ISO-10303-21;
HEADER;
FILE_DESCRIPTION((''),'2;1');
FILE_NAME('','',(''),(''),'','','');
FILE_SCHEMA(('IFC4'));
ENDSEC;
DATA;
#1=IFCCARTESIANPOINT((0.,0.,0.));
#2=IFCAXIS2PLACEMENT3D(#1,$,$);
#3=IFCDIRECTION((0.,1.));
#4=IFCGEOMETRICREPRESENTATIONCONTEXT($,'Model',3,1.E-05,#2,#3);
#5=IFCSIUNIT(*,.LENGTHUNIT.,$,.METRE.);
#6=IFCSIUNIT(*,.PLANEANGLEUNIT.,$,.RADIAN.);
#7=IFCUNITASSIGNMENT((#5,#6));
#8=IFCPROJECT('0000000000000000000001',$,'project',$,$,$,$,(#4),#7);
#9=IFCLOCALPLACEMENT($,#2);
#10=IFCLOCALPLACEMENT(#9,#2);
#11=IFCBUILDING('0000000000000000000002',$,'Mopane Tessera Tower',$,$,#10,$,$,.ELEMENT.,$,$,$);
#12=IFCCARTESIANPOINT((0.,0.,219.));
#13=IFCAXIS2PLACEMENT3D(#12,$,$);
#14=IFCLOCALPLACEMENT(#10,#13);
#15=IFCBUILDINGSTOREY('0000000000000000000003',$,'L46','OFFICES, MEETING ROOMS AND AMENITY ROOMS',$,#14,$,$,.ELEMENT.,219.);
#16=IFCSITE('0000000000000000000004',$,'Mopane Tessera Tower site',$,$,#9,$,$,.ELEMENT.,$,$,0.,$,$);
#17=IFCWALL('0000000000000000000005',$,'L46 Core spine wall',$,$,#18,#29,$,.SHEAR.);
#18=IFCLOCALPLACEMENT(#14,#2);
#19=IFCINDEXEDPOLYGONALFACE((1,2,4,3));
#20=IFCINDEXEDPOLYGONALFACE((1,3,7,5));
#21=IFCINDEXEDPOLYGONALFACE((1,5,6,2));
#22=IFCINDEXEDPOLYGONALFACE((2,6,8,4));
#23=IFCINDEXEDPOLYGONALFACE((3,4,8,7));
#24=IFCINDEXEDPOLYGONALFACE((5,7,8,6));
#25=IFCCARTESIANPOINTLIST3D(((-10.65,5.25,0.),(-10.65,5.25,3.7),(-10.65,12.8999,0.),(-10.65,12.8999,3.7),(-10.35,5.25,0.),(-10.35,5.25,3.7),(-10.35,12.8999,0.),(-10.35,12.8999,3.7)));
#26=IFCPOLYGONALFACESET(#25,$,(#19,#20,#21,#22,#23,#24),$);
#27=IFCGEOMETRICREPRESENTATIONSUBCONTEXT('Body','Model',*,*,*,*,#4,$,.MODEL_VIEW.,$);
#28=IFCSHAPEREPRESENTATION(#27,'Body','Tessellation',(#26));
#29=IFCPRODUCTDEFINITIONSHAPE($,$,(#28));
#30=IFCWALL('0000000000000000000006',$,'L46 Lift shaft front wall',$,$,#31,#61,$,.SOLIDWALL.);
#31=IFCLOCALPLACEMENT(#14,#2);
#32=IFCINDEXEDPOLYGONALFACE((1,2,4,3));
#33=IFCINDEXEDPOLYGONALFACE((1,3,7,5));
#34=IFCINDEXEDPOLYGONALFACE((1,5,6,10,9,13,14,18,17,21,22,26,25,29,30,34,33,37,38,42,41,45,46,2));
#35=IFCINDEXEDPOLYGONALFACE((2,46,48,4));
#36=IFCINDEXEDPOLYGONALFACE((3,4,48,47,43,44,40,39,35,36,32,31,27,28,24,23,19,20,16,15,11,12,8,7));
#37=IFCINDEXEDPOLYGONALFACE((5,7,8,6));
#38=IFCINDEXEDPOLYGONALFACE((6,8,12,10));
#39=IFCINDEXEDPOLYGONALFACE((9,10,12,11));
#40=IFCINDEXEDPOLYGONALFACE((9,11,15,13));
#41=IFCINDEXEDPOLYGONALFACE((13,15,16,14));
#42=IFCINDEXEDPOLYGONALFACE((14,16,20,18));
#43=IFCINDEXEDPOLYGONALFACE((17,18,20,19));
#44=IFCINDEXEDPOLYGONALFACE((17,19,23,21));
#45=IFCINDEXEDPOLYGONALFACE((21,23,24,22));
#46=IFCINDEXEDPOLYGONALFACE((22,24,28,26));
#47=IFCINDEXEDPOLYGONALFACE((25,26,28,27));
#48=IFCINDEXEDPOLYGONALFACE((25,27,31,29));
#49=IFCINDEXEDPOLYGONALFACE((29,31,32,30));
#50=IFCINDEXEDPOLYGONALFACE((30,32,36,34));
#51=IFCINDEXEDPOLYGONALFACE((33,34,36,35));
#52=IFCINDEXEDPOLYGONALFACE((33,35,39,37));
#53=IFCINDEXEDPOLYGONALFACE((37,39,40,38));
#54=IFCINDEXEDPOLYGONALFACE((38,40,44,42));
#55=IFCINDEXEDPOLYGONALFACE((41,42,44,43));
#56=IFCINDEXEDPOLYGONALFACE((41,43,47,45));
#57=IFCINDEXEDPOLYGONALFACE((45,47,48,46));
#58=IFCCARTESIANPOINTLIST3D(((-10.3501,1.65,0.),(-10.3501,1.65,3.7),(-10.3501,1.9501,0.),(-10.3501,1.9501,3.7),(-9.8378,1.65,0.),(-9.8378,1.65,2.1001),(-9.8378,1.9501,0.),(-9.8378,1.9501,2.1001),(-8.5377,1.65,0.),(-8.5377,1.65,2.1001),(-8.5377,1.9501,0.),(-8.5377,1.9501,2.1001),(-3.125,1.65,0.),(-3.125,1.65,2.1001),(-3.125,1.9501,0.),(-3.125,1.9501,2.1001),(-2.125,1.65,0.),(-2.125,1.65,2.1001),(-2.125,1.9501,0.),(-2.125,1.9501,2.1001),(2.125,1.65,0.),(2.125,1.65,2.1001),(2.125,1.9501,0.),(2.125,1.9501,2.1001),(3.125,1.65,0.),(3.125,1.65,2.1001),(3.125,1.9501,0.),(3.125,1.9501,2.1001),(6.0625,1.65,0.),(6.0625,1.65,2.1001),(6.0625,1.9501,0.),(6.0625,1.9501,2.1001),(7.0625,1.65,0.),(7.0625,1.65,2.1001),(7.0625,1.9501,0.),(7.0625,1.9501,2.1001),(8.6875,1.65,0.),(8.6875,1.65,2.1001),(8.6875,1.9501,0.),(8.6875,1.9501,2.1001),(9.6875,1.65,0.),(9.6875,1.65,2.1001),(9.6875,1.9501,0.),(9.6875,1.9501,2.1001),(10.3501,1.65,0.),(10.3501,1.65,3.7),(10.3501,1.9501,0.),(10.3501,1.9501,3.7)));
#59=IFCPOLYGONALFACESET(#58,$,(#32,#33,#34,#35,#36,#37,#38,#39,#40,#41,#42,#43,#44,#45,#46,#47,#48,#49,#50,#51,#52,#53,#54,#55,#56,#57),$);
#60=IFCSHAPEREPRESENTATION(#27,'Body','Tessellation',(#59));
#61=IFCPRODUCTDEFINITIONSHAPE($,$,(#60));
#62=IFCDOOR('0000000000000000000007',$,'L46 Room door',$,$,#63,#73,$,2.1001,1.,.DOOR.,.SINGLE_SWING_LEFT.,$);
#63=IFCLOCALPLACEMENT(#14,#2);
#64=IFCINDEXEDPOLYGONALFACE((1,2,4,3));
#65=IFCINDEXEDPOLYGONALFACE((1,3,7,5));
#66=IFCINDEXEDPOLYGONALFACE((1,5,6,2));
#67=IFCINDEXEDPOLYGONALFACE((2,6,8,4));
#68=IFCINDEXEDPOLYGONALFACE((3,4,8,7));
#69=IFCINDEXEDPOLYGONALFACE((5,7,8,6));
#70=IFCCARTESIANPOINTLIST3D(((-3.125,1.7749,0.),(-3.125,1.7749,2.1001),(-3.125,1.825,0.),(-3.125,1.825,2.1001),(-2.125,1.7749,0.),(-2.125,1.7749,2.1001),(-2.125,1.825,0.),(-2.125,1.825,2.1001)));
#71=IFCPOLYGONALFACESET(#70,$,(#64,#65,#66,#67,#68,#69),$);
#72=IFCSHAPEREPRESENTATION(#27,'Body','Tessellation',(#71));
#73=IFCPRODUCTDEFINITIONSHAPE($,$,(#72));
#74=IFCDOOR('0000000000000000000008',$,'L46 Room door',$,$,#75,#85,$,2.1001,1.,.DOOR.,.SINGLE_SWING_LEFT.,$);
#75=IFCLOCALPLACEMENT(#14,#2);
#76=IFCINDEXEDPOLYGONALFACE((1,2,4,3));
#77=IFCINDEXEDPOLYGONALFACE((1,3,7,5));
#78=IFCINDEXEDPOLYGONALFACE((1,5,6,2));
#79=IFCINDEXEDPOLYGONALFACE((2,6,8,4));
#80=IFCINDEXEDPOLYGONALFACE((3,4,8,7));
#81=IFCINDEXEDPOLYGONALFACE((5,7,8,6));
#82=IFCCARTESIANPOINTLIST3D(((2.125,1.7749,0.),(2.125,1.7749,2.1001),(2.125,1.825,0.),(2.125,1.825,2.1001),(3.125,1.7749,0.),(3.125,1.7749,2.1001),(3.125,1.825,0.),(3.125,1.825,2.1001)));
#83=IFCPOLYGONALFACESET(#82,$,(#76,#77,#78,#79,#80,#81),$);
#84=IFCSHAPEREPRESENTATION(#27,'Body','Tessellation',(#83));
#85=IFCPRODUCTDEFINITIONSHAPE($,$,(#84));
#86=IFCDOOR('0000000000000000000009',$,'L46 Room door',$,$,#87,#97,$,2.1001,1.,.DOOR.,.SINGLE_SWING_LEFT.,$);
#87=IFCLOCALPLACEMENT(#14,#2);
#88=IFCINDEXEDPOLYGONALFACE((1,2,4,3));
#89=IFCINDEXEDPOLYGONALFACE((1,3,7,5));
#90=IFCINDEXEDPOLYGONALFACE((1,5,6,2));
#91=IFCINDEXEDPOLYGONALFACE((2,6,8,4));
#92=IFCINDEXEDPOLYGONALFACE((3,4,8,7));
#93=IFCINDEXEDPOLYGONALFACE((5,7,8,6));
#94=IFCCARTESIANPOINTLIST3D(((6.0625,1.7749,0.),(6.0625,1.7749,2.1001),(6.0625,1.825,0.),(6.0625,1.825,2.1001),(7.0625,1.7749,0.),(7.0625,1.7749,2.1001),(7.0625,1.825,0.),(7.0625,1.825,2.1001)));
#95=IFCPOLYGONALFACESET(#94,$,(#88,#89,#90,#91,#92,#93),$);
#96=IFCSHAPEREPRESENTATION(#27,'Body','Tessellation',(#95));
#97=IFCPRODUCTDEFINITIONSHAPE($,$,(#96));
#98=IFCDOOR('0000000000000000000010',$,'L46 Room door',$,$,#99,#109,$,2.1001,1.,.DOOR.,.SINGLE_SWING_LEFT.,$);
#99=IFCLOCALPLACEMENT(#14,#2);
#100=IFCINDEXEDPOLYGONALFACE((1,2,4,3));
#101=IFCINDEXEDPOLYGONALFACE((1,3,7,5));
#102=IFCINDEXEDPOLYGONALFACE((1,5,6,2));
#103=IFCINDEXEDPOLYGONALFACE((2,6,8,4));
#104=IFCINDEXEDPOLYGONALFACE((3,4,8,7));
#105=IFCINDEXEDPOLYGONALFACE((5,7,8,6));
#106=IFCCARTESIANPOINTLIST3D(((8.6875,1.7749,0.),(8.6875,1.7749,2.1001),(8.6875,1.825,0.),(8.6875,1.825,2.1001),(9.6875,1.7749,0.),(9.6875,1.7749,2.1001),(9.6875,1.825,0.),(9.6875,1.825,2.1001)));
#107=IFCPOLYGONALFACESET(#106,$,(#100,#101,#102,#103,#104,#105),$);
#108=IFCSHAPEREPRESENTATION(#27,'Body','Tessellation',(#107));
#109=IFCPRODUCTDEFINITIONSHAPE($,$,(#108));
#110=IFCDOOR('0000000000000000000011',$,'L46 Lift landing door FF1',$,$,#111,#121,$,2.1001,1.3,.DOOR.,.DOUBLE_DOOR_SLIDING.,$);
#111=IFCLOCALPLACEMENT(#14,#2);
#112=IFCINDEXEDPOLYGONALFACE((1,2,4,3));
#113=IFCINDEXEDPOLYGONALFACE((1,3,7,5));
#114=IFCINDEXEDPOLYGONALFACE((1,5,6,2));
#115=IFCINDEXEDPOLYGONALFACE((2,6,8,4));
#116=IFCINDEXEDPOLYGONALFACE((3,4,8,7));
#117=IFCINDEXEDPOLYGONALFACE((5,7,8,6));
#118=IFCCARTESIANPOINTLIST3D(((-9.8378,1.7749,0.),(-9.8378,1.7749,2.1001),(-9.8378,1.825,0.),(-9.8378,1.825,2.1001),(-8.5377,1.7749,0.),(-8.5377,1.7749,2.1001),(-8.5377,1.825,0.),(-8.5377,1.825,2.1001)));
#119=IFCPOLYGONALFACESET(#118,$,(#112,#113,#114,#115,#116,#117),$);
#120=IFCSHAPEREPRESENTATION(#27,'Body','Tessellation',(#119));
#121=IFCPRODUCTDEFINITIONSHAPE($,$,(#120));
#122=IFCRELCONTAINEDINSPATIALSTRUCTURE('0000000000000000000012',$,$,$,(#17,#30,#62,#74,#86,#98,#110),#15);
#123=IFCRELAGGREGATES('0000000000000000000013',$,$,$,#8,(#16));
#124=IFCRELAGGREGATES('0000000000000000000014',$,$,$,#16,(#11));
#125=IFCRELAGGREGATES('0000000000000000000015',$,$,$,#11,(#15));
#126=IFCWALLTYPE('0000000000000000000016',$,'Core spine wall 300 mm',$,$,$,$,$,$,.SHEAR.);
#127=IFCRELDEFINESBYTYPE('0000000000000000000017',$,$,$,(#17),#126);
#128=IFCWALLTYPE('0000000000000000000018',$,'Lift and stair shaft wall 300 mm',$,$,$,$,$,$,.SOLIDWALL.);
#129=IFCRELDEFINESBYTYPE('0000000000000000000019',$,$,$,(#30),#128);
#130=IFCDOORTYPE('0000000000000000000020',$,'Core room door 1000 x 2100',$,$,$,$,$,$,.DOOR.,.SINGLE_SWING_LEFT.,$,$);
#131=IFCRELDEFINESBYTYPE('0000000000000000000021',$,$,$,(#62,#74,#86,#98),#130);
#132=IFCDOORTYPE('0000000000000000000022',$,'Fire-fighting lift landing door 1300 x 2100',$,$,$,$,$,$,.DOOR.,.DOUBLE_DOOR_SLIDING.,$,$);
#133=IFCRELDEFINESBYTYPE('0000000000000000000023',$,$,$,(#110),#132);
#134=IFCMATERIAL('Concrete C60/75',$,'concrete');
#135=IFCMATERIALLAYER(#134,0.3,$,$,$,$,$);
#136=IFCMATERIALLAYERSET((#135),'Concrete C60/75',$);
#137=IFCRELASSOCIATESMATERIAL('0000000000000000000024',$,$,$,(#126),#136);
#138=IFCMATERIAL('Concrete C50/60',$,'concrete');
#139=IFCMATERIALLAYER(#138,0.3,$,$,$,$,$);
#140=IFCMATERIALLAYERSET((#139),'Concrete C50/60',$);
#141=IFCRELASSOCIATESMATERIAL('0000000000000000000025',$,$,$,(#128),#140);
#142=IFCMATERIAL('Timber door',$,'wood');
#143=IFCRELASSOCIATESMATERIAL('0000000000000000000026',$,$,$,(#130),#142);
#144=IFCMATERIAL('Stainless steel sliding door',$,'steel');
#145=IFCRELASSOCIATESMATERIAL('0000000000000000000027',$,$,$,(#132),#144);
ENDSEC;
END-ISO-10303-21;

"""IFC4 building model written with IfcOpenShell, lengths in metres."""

from ifc_helpers import new_model, si_unit, direction, frame, frame_2d, origin, place, context, subcontext, project, spatial, rectangle, extrude, material, layer, layer_set, type_object, element, fill, save


model = new_model("IFC4")

# Units and contexts
model_context = context("Model", 3, precision=1e-05, world=origin(), true_north=direction((0.0, 1.0)))
body_context = subcontext(model_context, "Body", "Model", "MODEL_VIEW")
ifc_project = project(units=[si_unit("LENGTHUNIT", "METRE"), si_unit("PLANEANGLEUNIT", "RADIAN")], contexts=[model_context])

# Site, building, storey
site_placement = place(None, origin())
site = spatial("IfcSite", under=ifc_project, at=site_placement, Name="Mopane Tessera Tower site", CompositionType="ELEMENT", RefElevation=0.0)
building_placement = place(site_placement, origin())
building = spatial("IfcBuilding", under=site, at=building_placement, Name="Mopane Tessera Tower", CompositionType="ELEMENT")
storey_placement = place(building_placement, frame((0.0, 0.0, 219.0)))
storey = spatial("IfcBuildingStorey", under=building, at=storey_placement, Name="L46", Description="OFFICES, MEETING ROOMS AND AMENITY ROOMS", CompositionType="ELEMENT", Elevation=219.0)

# Wall
ifc_material_1 = material(Name="Concrete C60/75", Category="concrete")
ifc_layer_1 = layer(ifc_material_1, 0.3)
ifc_layer_set_1 = layer_set([ifc_layer_1], Name="Concrete C60/75")
wall_type_1 = type_object("IfcWallType", Name="Core spine wall 300 mm", PredefinedType="SHEAR", material=ifc_layer_set_1)
wall_1_placement = place(storey_placement, frame((-10.5, 5.25, 0.0), z_axis=(0.0, 0.0, 1.0), x_axis=(0.0, 1.0, 0.0)))
element("IfcWall", 1, at=wall_1_placement, inside=storey, type_object=wall_type_1, Name="L46 Core spine wall", PredefinedType="SHEAR", context=body_context, shape_type="SweptSolid", body=[
    extrude(rectangle(XDim=7.6499, YDim=0.3, at=frame_2d((3.825, 0.0))), origin(), (0.0, 0.0, 1.0), 3.7),
])

# Wall, openings, doors
ifc_material_2 = material(Name="Concrete C50/60", Category="concrete")
ifc_layer_2 = layer(ifc_material_2, 0.3)
ifc_layer_set_2 = layer_set([ifc_layer_2], Name="Concrete C50/60")
wall_type_2 = type_object("IfcWallType", Name="Lift and stair shaft wall 300 mm", PredefinedType="SOLIDWALL", material=ifc_layer_set_2)
wall_2_placement = place(storey_placement, frame((-10.3501, 1.8, 0.0), z_axis=(0.0, 0.0, 1.0), x_axis=(1.0, 0.0, 0.0)))
wall_2 = element("IfcWall", 2, at=wall_2_placement, inside=storey, type_object=wall_type_2, Name="L46 Lift shaft front wall", PredefinedType="SOLIDWALL", context=body_context, shape_type="SweptSolid", body=[
    extrude(rectangle(XDim=20.7002, YDim=0.3, at=frame_2d((10.3501, 0.0))), origin(), (0.0, 0.0, 1.0), 3.7),
])
opening_1_placement = place(wall_2_placement, frame((0.5125, 0.0, 0.0)))
opening_1 = element("IfcOpeningElement", 3, at=opening_1_placement, cuts=wall_2, PredefinedType="OPENING", context=body_context, shape_type="SweptSolid", body=[
    extrude(rectangle(XDim=1.3, YDim=2.1001, at=frame_2d((0.6499, 1.05))), frame((0.0, 0.1621, 0.0), z_axis=(0.0, -1.0, 0.0), x_axis=(1.0, 0.0, 0.0)), (0.0, 0.0, 1.0), 0.324),
])
opening_2_placement = place(wall_2_placement, frame((7.2251, 0.0, 0.0)))
opening_2 = element("IfcOpeningElement", 4, at=opening_2_placement, cuts=wall_2, PredefinedType="OPENING", context=body_context, shape_type="SweptSolid", body=[
    extrude(rectangle(XDim=1.0, YDim=2.1001, at=frame_2d((0.5, 1.05))), frame((0.0, 0.1621, 0.0), z_axis=(0.0, -1.0, 0.0), x_axis=(1.0, 0.0, 0.0)), (0.0, 0.0, 1.0), 0.324),
])
opening_3_placement = place(wall_2_placement, frame((12.4751, 0.0, 0.0)))
opening_3 = element("IfcOpeningElement", 5, at=opening_3_placement, cuts=wall_2, PredefinedType="OPENING", context=body_context, shape_type="SweptSolid", body=[
    extrude(rectangle(XDim=1.0, YDim=2.1001, at=frame_2d((0.5, 1.05))), frame((0.0, 0.1621, 0.0), z_axis=(0.0, -1.0, 0.0), x_axis=(1.0, 0.0, 0.0)), (0.0, 0.0, 1.0), 0.324),
])
opening_4_placement = place(wall_2_placement, frame((16.4126, 0.0, 0.0)))
opening_4 = element("IfcOpeningElement", 6, at=opening_4_placement, cuts=wall_2, PredefinedType="OPENING", context=body_context, shape_type="SweptSolid", body=[
    extrude(rectangle(XDim=1.0, YDim=2.1001, at=frame_2d((0.5, 1.05))), frame((0.0, 0.1621, 0.0), z_axis=(0.0, -1.0, 0.0), x_axis=(1.0, 0.0, 0.0)), (0.0, 0.0, 1.0), 0.324),
])
opening_5_placement = place(wall_2_placement, frame((19.0376, 0.0, 0.0)))
opening_5 = element("IfcOpeningElement", 7, at=opening_5_placement, cuts=wall_2, PredefinedType="OPENING", context=body_context, shape_type="SweptSolid", body=[
    extrude(rectangle(XDim=1.0, YDim=2.1001, at=frame_2d((0.5, 1.05))), frame((0.0, 0.1621, 0.0), z_axis=(0.0, -1.0, 0.0), x_axis=(1.0, 0.0, 0.0)), (0.0, 0.0, 1.0), 0.324),
])
ifc_material_3 = material(Name="Timber door", Category="wood")
door_type_1 = type_object("IfcDoorType", Name="Core room door 1000 x 2100", OperationType="SINGLE_SWING_LEFT", PredefinedType="DOOR", material=ifc_material_3)
door_1_placement = place(opening_2_placement, origin())
door_1 = element("IfcDoor", 8, at=door_1_placement, inside=storey, type_object=door_type_1, Name="L46 Room door", OperationType="SINGLE_SWING_LEFT", OverallHeight=2.1001, OverallWidth=1.0, PredefinedType="DOOR", context=body_context, shape_type="SweptSolid", body=[
    extrude(rectangle(XDim=1.0, YDim=2.1001, at=frame_2d((0.5, 1.05))), frame((0.0, 0.0249, 0.0), z_axis=(0.0, -1.0, 0.0), x_axis=(1.0, 0.0, 0.0)), (0.0, 0.0, 1.0), 0.05),
])
fill(opening_2, door_1)
door_2_placement = place(opening_3_placement, origin())
door_2 = element("IfcDoor", 9, at=door_2_placement, inside=storey, type_object=door_type_1, Name="L46 Room door", OperationType="SINGLE_SWING_LEFT", OverallHeight=2.1001, OverallWidth=1.0, PredefinedType="DOOR", context=body_context, shape_type="SweptSolid", body=[
    extrude(rectangle(XDim=1.0, YDim=2.1001, at=frame_2d((0.5, 1.05))), frame((0.0, 0.0249, 0.0), z_axis=(0.0, -1.0, 0.0), x_axis=(1.0, 0.0, 0.0)), (0.0, 0.0, 1.0), 0.05),
])
fill(opening_3, door_2)
door_3_placement = place(opening_4_placement, origin())
door_3 = element("IfcDoor", 10, at=door_3_placement, inside=storey, type_object=door_type_1, Name="L46 Room door", OperationType="SINGLE_SWING_LEFT", OverallHeight=2.1001, OverallWidth=1.0, PredefinedType="DOOR", context=body_context, shape_type="SweptSolid", body=[
    extrude(rectangle(XDim=1.0, YDim=2.1001, at=frame_2d((0.5, 1.05))), frame((0.0, 0.0249, 0.0), z_axis=(0.0, -1.0, 0.0), x_axis=(1.0, 0.0, 0.0)), (0.0, 0.0, 1.0), 0.05),
])
fill(opening_4, door_3)
door_4_placement = place(opening_5_placement, origin())
door_4 = element("IfcDoor", 11, at=door_4_placement, inside=storey, type_object=door_type_1, Name="L46 Room door", OperationType="SINGLE_SWING_LEFT", OverallHeight=2.1001, OverallWidth=1.0, PredefinedType="DOOR", context=body_context, shape_type="SweptSolid", body=[
    extrude(rectangle(XDim=1.0, YDim=2.1001, at=frame_2d((0.5, 1.05))), frame((0.0, 0.0249, 0.0), z_axis=(0.0, -1.0, 0.0), x_axis=(1.0, 0.0, 0.0)), (0.0, 0.0, 1.0), 0.05),
])
fill(opening_5, door_4)
ifc_material_4 = material(Name="Stainless steel sliding door", Category="steel")
door_type_2 = type_object("IfcDoorType", Name="Fire-fighting lift landing door 1300 x 2100", OperationType="DOUBLE_DOOR_SLIDING", PredefinedType="DOOR", material=ifc_material_4)
door_5_placement = place(opening_1_placement, origin())
door_5 = element("IfcDoor", 12, at=door_5_placement, inside=storey, type_object=door_type_2, Name="L46 Lift landing door FF1", OperationType="DOUBLE_DOOR_SLIDING", OverallHeight=2.1001, OverallWidth=1.3, PredefinedType="DOOR", context=body_context, shape_type="SweptSolid", body=[
    extrude(rectangle(XDim=1.3, YDim=2.1001, at=frame_2d((0.6499, 1.05))), frame((0.0, 0.0249, 0.0), z_axis=(0.0, -1.0, 0.0), x_axis=(1.0, 0.0, 0.0)), (0.0, 0.0, 1.0), 0.05),
])
fill(opening_1, door_5)

save(model, "model.ifc")
